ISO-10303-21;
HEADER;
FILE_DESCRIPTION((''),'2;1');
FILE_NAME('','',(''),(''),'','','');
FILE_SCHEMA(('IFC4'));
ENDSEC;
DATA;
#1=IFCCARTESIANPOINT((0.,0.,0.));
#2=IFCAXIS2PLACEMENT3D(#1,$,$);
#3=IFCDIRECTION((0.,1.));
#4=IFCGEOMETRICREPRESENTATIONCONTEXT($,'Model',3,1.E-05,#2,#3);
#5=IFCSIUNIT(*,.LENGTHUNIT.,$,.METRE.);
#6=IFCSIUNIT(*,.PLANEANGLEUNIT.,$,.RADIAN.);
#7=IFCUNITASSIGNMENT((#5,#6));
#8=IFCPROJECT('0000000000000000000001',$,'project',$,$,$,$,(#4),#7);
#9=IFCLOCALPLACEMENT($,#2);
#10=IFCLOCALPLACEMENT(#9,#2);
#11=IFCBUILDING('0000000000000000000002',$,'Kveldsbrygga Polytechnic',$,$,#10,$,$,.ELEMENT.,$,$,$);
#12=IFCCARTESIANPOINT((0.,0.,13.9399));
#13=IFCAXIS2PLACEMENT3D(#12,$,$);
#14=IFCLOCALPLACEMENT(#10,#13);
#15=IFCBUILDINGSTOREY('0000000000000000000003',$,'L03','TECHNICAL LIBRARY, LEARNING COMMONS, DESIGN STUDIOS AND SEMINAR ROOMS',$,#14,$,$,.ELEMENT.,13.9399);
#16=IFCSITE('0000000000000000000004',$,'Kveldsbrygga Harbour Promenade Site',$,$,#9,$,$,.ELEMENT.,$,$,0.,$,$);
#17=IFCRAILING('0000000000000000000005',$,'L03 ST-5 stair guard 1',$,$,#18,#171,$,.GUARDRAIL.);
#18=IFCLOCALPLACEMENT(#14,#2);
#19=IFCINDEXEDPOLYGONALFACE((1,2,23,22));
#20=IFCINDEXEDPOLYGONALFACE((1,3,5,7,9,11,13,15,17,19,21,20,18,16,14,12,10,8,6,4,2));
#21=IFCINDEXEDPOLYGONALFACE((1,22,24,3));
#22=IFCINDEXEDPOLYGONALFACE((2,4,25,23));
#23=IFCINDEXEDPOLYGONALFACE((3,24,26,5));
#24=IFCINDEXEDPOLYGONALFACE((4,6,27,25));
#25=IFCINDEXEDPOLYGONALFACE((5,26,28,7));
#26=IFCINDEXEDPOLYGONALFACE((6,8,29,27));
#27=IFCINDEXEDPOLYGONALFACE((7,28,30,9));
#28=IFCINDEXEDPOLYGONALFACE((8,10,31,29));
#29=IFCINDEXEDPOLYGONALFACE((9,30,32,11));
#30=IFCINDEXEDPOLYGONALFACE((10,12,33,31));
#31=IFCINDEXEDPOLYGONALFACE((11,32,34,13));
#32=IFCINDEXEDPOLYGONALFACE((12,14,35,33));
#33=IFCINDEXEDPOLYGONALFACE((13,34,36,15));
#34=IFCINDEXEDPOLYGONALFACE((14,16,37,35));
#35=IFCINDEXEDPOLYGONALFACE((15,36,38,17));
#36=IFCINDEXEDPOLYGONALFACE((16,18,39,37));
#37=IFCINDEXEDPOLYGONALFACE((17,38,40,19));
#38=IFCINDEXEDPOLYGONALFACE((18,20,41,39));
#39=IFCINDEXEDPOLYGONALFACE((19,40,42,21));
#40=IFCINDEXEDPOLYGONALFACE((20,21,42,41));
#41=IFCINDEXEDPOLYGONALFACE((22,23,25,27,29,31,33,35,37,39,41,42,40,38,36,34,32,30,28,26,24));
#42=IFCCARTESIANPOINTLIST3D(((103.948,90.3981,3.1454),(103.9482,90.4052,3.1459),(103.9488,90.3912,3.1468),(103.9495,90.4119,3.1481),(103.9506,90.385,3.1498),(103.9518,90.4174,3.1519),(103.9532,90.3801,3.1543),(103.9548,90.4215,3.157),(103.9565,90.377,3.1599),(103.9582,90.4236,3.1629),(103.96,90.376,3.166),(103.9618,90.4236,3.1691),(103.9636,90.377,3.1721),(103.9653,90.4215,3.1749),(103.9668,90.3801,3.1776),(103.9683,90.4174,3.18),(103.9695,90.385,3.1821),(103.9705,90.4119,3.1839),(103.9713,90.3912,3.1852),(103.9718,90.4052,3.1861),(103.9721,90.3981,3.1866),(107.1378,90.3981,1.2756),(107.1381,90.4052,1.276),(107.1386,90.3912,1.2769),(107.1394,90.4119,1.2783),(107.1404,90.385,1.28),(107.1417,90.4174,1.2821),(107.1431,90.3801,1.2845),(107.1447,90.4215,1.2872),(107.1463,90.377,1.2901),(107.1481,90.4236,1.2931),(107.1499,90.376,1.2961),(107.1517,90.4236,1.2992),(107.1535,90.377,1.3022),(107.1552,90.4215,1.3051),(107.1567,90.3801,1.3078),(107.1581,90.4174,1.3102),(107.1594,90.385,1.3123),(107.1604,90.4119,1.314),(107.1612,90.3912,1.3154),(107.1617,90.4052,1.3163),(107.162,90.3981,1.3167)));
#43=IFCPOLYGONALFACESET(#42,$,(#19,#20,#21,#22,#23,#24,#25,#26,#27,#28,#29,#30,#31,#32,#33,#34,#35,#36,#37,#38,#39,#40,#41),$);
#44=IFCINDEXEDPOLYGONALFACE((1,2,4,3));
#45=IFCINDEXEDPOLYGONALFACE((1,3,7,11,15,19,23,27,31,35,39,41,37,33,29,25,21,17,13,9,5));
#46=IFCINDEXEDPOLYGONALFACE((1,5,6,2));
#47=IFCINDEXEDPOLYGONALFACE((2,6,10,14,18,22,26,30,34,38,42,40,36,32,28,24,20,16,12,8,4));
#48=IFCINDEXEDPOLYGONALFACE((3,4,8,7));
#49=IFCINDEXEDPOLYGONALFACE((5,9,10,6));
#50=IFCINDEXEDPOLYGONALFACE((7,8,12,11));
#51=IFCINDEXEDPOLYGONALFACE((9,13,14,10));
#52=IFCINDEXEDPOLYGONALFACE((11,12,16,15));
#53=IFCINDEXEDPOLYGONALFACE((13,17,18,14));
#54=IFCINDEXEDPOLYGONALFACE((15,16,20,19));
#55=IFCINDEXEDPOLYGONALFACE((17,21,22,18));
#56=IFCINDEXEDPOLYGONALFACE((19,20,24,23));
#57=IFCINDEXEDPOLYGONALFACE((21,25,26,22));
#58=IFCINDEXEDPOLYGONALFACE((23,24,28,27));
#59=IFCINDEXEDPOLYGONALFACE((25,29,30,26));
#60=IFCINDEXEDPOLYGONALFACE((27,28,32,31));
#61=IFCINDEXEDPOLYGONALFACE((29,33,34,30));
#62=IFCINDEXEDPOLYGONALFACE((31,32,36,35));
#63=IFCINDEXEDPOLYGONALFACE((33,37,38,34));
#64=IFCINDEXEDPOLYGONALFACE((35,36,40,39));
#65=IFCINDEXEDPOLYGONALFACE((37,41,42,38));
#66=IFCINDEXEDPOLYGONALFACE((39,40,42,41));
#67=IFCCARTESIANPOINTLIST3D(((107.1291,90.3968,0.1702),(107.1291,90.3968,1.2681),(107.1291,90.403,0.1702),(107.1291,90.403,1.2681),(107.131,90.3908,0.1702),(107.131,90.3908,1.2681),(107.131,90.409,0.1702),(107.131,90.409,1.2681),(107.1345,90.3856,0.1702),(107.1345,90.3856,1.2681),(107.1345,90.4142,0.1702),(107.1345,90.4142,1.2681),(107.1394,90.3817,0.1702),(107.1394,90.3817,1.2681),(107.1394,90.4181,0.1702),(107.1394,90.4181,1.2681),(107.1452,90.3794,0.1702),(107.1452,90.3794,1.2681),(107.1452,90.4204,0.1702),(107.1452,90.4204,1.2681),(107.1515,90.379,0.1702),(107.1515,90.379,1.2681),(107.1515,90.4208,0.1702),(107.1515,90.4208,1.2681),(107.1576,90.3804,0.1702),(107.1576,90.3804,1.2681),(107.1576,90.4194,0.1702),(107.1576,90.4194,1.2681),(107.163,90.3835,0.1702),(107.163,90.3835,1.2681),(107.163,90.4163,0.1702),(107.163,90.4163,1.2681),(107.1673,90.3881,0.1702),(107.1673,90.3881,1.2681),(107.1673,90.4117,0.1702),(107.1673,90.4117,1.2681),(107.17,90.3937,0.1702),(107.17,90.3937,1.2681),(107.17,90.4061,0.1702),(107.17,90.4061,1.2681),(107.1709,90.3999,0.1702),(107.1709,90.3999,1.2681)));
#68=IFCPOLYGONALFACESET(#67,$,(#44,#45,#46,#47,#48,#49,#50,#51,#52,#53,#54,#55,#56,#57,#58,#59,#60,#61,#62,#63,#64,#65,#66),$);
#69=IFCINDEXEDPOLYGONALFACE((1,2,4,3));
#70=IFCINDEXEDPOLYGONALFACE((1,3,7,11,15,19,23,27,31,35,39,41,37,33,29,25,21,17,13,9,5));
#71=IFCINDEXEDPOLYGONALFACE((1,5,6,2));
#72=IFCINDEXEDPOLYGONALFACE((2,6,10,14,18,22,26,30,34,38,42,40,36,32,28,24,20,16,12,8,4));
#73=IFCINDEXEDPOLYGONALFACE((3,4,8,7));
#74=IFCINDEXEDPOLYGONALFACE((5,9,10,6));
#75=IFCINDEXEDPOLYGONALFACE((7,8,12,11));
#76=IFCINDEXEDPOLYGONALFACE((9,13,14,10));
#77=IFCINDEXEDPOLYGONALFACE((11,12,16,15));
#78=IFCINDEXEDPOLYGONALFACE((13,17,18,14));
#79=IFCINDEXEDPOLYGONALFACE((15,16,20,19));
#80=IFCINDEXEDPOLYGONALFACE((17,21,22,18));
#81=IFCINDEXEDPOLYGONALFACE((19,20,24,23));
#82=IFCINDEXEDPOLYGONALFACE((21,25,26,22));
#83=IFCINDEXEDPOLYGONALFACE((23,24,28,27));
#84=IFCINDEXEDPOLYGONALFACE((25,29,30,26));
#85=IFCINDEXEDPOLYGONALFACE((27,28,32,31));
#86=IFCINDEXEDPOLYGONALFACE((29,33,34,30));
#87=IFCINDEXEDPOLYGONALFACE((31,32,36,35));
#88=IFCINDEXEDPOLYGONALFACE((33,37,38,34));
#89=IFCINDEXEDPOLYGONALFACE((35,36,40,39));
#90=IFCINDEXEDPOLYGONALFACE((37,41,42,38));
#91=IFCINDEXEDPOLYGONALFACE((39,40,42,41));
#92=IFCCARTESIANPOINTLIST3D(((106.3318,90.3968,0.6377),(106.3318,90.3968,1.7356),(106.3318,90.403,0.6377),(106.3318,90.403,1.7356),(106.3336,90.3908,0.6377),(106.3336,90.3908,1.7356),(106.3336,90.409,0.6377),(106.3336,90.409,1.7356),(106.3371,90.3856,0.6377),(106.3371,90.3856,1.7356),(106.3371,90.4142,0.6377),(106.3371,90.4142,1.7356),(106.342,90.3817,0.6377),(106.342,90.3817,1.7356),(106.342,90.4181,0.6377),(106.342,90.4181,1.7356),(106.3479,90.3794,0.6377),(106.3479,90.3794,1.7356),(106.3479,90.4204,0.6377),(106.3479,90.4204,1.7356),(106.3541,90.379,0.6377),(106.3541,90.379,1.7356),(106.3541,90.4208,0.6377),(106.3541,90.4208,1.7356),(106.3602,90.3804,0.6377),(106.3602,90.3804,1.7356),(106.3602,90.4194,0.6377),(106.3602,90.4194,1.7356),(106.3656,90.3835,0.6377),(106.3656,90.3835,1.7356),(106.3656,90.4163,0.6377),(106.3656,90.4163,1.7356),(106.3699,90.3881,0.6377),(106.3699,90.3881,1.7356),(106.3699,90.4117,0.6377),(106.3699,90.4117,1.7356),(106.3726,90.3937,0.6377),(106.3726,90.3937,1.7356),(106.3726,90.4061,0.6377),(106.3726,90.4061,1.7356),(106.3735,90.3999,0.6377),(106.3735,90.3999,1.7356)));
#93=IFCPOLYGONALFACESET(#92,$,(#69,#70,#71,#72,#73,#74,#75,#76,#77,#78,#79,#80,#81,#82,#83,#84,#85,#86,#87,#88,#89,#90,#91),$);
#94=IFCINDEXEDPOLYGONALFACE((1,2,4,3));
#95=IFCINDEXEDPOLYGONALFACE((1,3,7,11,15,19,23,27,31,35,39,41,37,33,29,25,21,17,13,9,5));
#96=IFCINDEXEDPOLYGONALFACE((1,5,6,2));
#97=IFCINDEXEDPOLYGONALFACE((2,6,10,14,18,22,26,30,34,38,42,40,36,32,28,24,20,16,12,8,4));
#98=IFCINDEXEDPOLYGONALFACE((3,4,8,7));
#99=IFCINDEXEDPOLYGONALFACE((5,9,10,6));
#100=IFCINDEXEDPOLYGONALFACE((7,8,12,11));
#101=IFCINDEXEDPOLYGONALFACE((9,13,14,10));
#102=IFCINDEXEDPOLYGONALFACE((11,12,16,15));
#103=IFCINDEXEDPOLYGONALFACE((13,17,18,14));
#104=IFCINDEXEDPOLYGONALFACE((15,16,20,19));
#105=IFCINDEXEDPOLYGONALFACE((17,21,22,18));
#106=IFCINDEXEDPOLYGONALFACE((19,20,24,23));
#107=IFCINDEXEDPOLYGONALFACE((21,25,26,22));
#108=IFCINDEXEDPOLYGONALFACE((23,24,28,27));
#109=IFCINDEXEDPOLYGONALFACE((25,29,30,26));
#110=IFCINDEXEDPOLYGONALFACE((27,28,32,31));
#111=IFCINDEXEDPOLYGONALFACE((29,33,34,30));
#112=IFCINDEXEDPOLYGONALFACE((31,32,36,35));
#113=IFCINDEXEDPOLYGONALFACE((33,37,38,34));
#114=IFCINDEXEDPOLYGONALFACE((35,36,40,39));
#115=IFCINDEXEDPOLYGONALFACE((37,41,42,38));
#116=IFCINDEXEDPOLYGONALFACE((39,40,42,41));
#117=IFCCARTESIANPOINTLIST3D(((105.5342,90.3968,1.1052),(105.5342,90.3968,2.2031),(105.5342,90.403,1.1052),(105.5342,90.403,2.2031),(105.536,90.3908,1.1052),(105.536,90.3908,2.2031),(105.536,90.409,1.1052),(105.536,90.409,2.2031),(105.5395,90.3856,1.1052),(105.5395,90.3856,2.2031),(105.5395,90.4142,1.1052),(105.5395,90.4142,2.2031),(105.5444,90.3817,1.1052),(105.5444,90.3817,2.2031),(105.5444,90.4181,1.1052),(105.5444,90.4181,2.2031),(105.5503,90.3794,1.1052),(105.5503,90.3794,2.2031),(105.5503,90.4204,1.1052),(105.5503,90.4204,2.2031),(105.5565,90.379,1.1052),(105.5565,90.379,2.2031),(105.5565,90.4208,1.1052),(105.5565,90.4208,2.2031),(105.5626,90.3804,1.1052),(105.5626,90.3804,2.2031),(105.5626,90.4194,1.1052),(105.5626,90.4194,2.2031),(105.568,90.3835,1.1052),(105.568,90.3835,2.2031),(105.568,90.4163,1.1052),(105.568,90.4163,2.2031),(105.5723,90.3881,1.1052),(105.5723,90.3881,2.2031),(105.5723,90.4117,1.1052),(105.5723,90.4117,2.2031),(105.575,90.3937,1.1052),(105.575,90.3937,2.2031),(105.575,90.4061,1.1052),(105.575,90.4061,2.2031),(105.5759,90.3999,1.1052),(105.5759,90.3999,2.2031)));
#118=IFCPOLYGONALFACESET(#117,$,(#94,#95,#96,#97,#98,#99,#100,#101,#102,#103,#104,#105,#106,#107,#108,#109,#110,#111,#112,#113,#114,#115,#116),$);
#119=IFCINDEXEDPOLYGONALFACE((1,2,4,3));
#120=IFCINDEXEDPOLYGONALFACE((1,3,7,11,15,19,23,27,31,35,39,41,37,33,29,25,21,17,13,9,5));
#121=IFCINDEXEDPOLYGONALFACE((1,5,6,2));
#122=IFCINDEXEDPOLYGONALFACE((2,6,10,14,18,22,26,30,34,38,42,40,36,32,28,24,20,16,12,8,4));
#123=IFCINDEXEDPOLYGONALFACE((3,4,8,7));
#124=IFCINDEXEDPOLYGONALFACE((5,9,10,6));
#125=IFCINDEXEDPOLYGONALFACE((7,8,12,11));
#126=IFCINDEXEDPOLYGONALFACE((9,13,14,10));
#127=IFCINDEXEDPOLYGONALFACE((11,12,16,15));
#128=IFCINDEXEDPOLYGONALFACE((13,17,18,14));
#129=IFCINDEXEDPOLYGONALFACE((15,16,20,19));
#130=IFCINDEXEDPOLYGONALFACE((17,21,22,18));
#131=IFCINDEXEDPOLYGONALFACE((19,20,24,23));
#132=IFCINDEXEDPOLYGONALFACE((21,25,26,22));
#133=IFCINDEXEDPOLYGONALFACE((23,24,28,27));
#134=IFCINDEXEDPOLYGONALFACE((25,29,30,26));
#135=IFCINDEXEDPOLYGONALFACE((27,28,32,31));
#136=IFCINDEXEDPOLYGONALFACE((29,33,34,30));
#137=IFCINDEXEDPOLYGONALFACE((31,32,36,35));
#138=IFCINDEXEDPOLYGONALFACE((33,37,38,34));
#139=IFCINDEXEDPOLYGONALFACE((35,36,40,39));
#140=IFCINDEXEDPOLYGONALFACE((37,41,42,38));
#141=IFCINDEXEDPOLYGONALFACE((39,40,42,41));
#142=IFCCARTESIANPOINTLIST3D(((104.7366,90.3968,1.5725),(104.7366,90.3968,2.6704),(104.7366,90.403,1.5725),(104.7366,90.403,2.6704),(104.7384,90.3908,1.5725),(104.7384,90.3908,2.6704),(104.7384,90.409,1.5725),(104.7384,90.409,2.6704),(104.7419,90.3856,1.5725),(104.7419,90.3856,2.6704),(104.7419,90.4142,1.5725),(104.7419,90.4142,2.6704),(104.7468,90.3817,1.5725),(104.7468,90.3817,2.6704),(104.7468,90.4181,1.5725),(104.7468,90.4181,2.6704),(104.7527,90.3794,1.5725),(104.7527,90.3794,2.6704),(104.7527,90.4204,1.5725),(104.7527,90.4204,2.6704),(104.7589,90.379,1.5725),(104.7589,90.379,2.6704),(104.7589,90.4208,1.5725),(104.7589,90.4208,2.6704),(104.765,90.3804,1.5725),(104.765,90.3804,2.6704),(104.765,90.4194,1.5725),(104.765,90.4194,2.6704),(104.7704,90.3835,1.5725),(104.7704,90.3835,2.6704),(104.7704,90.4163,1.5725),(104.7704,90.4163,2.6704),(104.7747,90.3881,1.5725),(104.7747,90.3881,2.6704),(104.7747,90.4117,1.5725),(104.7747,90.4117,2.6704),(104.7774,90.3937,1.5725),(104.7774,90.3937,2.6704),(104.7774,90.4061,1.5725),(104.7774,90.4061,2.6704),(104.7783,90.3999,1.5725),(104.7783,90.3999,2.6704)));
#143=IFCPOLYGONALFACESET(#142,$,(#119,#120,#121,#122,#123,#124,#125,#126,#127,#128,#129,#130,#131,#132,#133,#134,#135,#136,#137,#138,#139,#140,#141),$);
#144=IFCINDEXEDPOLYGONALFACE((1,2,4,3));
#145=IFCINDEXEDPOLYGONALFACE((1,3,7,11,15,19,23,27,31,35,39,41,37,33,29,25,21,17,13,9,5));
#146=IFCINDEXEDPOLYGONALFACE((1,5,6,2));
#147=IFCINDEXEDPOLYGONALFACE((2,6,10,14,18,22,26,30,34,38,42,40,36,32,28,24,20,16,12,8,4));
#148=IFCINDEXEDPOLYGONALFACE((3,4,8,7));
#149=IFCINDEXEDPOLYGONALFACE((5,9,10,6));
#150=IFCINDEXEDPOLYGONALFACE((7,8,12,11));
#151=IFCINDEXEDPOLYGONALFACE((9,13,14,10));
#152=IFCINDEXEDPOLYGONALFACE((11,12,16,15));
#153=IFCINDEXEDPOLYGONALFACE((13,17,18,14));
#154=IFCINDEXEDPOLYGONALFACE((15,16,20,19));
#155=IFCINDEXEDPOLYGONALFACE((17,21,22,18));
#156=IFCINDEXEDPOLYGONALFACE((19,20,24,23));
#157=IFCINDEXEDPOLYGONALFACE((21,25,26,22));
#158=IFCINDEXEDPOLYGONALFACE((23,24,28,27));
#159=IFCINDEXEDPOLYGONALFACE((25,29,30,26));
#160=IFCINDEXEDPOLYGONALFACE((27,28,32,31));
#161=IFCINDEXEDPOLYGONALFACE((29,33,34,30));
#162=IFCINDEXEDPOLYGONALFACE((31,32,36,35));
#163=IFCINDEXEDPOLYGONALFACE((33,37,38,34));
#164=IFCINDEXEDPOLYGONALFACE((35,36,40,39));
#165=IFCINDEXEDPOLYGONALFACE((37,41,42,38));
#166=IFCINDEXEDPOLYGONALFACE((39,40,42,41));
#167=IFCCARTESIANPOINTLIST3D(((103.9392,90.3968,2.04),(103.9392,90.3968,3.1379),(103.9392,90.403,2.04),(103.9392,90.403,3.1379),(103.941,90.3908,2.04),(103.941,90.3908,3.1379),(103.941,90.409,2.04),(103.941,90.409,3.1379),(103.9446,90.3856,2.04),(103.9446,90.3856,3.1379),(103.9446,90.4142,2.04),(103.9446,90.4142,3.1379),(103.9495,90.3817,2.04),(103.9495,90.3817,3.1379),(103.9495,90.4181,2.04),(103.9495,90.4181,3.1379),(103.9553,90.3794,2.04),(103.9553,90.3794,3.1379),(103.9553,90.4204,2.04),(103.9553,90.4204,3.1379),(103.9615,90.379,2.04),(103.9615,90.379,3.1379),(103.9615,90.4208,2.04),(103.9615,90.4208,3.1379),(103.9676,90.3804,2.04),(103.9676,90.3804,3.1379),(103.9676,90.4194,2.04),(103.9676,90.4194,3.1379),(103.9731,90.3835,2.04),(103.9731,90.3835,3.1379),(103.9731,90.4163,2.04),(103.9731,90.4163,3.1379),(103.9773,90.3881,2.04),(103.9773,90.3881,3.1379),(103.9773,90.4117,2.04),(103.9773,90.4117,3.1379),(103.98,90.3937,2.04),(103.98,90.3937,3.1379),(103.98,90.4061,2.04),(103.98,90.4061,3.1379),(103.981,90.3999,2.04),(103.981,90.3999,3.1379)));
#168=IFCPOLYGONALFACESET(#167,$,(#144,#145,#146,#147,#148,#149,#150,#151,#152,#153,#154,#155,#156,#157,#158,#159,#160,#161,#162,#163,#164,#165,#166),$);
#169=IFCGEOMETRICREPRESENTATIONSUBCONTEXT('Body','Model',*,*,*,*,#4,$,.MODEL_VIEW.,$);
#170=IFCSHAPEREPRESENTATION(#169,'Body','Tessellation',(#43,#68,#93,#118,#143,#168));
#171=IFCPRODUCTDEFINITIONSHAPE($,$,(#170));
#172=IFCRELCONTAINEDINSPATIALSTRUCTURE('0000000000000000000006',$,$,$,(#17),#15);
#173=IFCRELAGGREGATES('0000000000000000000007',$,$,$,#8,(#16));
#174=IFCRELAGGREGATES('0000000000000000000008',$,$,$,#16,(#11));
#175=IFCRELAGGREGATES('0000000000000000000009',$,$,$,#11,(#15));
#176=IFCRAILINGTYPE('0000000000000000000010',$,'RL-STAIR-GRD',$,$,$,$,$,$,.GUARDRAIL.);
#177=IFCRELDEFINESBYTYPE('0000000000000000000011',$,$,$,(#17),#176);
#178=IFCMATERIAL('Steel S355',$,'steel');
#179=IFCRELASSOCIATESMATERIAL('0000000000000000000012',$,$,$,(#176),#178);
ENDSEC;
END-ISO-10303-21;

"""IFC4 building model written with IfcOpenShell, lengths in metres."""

from ifc_helpers import new_model, si_unit, direction, frame, origin, origin_2d, place, context, subcontext, project, spatial, circle, extrude, material, type_object, element, save


model = new_model("IFC4")

# Units and contexts
model_context = context("Model", 3, precision=1e-05, world=origin(), true_north=direction((0.0, 1.0)))
body_context = subcontext(model_context, "Body", "Model", "MODEL_VIEW")
ifc_project = project(units=[si_unit("LENGTHUNIT", "METRE"), si_unit("PLANEANGLEUNIT", "RADIAN")], contexts=[model_context])

# Site, building, storey
site_placement = place(None, origin())
site = spatial("IfcSite", under=ifc_project, at=site_placement, Name="Kveldsbrygga Harbour Promenade Site", CompositionType="ELEMENT", RefElevation=0.0)
building_placement = place(site_placement, origin())
building = spatial("IfcBuilding", under=site, at=building_placement, Name="Kveldsbrygga Polytechnic", CompositionType="ELEMENT")
storey_placement = place(building_placement, frame((0.0, 0.0, 13.9399)))
storey = spatial("IfcBuildingStorey", under=building, at=storey_placement, Name="L03", Description="TECHNICAL LIBRARY, LEARNING COMMONS, DESIGN STUDIOS AND SEMINAR ROOMS", CompositionType="ELEMENT", Elevation=13.9399)

# Shared definitions
ifc_material_1 = material(Name="Steel S355", Category="steel")

# Railing
railing_type_1 = type_object("IfcRailingType", Name="RL-STAIR-GRD", PredefinedType="GUARDRAIL", material=ifc_material_1)
railing_1_placement = place(storey_placement, frame((107.1499, 90.3999, 0.1702)))
element("IfcRailing", 1, at=railing_1_placement, inside=storey, type_object=railing_type_1, Name="L03 ST-5 stair guard 1", PredefinedType="GUARDRAIL", context=body_context, shape_type="SweptSolid", body=[
    extrude(circle(Radius=0.0239, at=origin_2d()), frame((0.0, 0.0, 1.126), z_axis=(-0.862709, 0.0, 0.505701), x_axis=(0.0, -1.0, 0.0)), (0.0, 0.0, 1.0), 3.6975),
    extrude(circle(Radius=0.021, at=origin_2d()), origin(), (0.0, 0.0, 1.0), 1.0979),
    extrude(circle(Radius=0.021, at=origin_2d()), frame((-0.7974, 0.0, 0.4675)), (0.0, 0.0, 1.0), 1.0979),
    extrude(circle(Radius=0.021, at=origin_2d()), frame((-1.595, 0.0, 0.9351)), (0.0, 0.0, 1.0), 1.0979),
    extrude(circle(Radius=0.021, at=origin_2d()), frame((-2.3926, 0.0, 1.4023)), (0.0, 0.0, 1.0), 1.0979),
    extrude(circle(Radius=0.021, at=origin_2d()), frame((-3.1899, 0.0, 1.8699)), (0.0, 0.0, 1.0), 1.0979),
])

save(model, "model.ifc")
